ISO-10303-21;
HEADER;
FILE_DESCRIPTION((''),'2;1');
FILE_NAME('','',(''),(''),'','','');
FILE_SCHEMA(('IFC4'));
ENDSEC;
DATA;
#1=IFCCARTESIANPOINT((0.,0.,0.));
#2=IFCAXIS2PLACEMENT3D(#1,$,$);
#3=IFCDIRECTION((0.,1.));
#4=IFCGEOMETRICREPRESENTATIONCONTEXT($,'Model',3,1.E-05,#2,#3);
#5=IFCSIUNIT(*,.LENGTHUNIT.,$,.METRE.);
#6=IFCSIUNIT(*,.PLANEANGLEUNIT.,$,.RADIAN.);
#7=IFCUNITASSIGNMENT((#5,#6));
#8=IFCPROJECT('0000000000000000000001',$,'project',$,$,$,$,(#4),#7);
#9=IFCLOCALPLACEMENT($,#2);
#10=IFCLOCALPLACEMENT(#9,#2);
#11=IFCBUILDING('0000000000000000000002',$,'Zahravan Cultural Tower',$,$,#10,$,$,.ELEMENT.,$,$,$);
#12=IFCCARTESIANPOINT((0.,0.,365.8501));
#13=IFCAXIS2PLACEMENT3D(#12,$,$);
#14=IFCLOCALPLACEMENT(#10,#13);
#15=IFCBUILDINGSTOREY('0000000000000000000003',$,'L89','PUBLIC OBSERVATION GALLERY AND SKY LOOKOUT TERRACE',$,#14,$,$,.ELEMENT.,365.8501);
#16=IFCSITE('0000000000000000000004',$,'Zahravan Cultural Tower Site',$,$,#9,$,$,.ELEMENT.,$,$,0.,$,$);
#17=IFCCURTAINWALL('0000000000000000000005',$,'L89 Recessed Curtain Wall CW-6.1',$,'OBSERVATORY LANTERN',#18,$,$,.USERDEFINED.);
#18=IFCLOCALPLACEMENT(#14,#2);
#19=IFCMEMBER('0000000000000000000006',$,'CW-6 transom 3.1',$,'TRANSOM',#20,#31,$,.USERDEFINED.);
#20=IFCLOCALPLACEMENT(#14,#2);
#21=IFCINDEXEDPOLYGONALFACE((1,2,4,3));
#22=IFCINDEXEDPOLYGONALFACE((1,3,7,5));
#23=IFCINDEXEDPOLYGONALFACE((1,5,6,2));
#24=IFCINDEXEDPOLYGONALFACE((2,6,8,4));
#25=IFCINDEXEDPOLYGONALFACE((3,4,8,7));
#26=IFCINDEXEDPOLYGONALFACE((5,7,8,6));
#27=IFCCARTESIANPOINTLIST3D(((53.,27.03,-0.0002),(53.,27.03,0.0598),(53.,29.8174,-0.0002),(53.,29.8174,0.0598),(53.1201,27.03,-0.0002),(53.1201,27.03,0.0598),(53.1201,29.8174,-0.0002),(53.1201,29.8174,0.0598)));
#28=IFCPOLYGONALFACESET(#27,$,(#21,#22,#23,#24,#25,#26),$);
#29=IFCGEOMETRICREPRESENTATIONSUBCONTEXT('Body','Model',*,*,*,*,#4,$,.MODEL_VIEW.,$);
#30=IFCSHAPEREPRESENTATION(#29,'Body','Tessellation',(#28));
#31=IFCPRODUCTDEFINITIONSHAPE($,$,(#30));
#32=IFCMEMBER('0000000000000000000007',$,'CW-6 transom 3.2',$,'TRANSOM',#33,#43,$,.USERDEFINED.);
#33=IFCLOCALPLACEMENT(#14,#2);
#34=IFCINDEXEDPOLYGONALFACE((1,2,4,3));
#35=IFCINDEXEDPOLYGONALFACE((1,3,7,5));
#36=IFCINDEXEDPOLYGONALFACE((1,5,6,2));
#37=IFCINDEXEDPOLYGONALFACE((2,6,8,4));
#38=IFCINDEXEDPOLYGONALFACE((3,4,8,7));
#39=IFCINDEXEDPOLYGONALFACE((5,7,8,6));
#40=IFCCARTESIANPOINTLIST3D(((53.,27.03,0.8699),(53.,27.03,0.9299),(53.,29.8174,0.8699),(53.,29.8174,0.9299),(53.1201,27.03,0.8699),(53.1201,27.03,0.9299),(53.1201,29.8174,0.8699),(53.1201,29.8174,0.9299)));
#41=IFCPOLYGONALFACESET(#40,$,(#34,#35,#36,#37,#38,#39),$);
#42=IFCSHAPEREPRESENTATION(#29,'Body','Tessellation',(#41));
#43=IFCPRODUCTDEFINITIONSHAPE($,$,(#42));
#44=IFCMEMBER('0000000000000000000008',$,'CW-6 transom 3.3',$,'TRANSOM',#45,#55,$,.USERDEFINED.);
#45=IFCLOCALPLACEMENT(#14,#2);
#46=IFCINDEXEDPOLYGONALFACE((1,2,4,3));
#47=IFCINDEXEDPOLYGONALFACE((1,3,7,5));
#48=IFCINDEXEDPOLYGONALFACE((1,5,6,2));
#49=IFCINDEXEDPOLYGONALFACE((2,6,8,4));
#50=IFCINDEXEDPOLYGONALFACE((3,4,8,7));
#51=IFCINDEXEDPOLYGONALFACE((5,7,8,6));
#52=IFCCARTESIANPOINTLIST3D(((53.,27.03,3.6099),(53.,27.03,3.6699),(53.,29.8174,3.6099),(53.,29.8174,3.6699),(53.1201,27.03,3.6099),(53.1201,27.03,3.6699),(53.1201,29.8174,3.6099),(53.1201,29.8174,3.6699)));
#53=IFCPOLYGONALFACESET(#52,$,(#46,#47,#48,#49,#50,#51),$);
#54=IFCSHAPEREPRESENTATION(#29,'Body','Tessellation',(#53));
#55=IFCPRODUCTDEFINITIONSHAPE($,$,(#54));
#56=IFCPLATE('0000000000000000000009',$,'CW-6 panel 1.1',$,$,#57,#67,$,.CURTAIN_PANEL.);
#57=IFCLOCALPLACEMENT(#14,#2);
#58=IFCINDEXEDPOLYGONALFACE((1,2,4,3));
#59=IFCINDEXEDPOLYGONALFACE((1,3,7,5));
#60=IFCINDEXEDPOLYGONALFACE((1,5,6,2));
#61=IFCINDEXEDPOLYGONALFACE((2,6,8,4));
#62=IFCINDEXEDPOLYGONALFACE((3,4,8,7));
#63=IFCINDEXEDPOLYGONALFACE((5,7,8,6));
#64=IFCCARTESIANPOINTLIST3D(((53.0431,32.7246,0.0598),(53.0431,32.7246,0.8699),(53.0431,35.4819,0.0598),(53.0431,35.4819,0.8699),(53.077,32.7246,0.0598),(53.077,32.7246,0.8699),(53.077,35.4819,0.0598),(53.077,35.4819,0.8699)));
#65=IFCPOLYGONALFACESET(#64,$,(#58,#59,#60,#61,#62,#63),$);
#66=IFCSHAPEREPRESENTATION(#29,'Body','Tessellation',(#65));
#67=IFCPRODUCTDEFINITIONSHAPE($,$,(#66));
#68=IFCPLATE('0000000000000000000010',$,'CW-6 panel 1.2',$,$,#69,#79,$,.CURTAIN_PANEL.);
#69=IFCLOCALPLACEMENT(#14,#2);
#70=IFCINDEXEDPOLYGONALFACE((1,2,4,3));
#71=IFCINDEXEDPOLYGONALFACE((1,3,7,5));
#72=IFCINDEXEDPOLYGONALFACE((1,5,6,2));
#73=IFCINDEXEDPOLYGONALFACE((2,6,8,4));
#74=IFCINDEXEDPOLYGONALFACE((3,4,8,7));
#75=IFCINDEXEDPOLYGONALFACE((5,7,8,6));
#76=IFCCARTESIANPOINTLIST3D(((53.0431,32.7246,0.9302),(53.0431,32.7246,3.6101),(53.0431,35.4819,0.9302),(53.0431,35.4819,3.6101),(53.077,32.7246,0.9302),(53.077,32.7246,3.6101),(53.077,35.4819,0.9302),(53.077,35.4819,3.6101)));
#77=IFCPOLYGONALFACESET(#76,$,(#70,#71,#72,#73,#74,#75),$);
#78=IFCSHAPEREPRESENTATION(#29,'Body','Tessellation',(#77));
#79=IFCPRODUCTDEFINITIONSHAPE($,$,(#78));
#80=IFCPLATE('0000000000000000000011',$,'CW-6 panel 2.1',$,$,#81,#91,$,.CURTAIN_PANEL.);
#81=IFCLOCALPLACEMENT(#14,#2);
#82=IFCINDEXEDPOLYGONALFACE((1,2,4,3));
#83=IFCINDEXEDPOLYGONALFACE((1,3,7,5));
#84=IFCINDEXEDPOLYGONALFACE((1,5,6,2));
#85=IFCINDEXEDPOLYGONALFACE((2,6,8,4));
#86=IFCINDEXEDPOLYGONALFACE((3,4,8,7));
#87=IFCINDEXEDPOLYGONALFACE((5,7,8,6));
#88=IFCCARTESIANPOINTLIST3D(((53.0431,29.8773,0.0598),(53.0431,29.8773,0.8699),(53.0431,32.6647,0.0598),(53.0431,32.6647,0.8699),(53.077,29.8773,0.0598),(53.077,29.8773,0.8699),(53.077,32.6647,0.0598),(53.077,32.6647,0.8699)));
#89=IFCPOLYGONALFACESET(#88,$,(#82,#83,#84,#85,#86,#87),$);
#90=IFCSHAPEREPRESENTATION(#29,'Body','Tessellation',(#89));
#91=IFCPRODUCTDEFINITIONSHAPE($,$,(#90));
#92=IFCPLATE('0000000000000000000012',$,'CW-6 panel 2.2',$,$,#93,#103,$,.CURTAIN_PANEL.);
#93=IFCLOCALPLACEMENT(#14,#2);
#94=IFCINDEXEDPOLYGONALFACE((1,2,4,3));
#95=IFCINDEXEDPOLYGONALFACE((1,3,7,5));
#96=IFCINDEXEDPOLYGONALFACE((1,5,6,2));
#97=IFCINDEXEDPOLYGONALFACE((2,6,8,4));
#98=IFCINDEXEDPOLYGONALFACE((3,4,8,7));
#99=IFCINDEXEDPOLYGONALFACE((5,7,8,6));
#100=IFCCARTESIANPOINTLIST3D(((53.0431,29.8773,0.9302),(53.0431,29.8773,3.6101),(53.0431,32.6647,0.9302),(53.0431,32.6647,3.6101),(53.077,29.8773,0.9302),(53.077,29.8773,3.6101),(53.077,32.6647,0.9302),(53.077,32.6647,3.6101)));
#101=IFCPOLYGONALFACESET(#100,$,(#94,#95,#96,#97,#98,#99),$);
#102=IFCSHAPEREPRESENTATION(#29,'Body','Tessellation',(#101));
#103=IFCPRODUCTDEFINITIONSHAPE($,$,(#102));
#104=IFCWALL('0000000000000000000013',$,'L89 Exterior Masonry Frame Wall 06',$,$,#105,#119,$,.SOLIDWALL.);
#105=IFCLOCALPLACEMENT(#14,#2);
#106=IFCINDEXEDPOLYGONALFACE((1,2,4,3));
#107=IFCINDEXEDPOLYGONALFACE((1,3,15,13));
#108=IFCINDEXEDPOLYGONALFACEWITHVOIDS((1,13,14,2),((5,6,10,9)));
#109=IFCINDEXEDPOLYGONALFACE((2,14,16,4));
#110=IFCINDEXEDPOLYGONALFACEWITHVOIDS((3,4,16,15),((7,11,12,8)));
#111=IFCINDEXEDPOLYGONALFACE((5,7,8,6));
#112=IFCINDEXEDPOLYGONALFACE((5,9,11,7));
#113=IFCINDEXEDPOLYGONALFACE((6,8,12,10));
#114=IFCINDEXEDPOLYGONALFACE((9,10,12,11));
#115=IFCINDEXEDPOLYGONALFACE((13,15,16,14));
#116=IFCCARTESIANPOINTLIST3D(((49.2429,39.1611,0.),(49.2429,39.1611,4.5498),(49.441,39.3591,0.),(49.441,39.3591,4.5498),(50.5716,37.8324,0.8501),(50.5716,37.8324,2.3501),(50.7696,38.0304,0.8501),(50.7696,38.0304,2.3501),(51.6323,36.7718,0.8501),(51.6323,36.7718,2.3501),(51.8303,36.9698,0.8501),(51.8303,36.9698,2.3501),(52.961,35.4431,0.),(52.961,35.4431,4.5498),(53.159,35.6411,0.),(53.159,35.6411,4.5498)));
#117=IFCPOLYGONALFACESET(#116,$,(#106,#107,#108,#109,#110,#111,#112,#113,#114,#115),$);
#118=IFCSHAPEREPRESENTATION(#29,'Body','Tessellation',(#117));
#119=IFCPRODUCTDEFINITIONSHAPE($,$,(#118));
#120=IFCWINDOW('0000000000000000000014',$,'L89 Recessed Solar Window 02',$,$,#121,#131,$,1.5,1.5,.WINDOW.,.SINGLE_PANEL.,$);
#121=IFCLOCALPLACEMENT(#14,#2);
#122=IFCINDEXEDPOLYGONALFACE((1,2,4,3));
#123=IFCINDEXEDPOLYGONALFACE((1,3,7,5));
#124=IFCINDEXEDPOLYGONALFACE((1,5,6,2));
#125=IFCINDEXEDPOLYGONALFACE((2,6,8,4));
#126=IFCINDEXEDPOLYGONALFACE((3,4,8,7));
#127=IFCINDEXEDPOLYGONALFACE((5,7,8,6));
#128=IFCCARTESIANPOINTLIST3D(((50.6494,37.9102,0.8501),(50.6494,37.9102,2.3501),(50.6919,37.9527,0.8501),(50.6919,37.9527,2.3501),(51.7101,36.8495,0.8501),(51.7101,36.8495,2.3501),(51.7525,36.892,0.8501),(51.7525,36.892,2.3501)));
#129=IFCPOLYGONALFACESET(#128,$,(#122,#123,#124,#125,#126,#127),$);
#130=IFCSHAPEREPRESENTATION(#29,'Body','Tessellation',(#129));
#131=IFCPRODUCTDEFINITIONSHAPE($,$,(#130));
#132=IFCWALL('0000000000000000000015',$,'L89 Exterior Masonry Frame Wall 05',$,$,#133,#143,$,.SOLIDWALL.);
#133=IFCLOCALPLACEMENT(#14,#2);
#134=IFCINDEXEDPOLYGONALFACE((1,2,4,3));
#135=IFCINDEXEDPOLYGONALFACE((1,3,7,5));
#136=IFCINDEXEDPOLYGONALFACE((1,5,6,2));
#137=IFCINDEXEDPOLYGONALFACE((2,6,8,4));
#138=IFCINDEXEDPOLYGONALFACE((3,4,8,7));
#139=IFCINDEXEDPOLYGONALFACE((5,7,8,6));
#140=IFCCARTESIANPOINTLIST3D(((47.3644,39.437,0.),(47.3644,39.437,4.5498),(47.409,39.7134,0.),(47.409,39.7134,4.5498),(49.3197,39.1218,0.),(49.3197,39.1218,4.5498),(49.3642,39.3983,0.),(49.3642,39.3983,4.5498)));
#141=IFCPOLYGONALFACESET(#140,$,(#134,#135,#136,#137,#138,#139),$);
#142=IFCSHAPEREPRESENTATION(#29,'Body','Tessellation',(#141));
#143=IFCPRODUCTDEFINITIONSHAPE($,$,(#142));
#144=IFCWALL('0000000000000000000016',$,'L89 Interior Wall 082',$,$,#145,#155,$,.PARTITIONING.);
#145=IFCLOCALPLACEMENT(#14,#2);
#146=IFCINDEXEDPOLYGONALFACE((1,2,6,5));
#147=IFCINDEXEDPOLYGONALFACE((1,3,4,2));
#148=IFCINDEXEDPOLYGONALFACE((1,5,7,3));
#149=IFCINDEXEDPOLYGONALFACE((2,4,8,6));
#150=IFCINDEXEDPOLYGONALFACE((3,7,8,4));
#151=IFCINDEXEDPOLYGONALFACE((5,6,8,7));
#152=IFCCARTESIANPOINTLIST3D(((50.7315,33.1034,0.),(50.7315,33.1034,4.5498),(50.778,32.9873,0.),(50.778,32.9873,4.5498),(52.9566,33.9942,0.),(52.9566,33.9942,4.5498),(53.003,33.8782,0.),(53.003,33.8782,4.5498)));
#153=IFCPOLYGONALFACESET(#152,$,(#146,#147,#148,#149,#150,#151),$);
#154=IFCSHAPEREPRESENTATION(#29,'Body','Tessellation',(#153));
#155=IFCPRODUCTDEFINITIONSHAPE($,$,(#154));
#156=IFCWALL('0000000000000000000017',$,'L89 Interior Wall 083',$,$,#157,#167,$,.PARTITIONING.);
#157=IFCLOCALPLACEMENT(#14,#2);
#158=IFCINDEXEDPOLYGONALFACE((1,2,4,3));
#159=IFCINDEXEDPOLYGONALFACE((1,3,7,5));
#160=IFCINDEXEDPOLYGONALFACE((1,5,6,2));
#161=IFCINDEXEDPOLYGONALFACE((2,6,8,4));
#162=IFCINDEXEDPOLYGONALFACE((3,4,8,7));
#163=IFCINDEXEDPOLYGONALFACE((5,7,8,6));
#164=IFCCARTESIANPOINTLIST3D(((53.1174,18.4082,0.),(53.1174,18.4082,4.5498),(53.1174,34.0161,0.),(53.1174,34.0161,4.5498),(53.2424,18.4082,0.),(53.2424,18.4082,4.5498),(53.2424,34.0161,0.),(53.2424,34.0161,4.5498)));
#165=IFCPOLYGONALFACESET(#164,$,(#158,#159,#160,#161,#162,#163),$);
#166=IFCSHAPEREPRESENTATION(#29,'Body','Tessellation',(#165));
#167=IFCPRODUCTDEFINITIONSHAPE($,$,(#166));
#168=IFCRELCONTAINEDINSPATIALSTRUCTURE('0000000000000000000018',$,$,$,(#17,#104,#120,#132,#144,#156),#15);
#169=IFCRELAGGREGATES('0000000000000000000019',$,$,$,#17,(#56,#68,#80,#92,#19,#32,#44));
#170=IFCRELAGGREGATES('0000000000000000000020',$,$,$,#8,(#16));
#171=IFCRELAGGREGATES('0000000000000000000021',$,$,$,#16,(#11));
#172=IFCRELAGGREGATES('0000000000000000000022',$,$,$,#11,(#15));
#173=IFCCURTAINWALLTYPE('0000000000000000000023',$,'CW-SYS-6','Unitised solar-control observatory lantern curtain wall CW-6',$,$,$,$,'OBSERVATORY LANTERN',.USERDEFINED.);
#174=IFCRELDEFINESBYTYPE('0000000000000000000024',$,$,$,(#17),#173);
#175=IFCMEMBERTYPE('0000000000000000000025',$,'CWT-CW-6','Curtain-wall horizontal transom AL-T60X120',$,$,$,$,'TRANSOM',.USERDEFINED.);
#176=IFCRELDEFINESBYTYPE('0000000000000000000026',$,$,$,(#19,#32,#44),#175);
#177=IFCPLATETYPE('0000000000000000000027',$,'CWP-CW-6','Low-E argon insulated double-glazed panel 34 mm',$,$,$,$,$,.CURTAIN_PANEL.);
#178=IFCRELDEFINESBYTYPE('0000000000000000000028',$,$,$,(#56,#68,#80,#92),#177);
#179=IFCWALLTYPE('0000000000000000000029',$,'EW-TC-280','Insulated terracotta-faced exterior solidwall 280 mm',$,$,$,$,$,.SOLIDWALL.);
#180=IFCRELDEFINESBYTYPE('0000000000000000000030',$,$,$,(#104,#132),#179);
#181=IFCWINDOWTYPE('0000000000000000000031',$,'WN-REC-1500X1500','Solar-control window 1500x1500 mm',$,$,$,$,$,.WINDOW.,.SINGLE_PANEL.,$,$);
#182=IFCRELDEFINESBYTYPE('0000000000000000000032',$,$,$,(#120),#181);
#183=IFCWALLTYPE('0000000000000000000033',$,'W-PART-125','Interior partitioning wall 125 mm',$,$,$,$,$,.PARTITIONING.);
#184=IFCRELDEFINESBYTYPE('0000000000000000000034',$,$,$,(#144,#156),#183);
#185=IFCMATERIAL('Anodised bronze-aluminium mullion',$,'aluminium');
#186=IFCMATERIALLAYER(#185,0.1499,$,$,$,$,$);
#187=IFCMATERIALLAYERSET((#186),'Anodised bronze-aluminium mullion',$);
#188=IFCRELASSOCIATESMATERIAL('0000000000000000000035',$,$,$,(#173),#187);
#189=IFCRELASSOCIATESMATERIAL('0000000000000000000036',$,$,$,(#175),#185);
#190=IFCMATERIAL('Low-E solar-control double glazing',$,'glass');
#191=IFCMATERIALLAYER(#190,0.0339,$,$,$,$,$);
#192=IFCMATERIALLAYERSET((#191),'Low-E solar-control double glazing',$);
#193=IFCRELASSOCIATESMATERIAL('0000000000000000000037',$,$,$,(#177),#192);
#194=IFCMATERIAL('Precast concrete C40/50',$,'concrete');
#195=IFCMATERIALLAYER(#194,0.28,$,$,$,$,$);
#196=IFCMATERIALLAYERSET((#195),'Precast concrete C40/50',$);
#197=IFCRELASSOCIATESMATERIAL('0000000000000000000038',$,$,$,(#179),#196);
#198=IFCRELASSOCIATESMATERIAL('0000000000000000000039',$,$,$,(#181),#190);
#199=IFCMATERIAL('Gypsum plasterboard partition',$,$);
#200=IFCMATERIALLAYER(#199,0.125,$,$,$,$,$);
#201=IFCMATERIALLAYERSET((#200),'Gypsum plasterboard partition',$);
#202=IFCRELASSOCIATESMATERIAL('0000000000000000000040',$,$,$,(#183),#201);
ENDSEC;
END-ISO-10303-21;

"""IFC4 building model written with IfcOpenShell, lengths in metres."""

from ifc_helpers import new_model, si_unit, direction, frame, frame_2d, origin, origin_2d, place, context, subcontext, project, spatial, rectangle, extrude, source, transform, mapped, material, layer, layer_set, material_profile, profile_set, type_object, element, fill, aggregate, save


model = new_model("IFC4")

# Units and contexts
model_context = context("Model", 3, precision=1e-05, world=origin(), true_north=direction((0.0, 1.0)))
body_context = subcontext(model_context, "Body", "Model", "MODEL_VIEW")
ifc_project = project(units=[si_unit("LENGTHUNIT", "METRE"), si_unit("PLANEANGLEUNIT", "RADIAN")], contexts=[model_context])

# Site, building, storey
site_placement = place(None, origin())
site = spatial("IfcSite", under=ifc_project, at=site_placement, Name="Zahravan Cultural Tower Site", CompositionType="ELEMENT", RefElevation=0.0)
building_placement = place(site_placement, origin())
building = spatial("IfcBuilding", under=site, at=building_placement, Name="Zahravan Cultural Tower", CompositionType="ELEMENT")
storey_placement = place(building_placement, frame((0.0, 0.0, 365.8501)))
storey = spatial("IfcBuildingStorey", under=building, at=storey_placement, Name="L89", Description="PUBLIC OBSERVATION GALLERY AND SKY LOOKOUT TERRACE", CompositionType="ELEMENT", Elevation=365.8501)

# Curtain wall, members, plates
ifc_material_1 = material(Name="Anodised bronze-aluminium mullion", Category="aluminium")
ifc_layer_1 = layer(ifc_material_1, 0.1499)
ifc_layer_set_1 = layer_set([ifc_layer_1], Name="Anodised bronze-aluminium mullion")
curtain_wall_type = type_object("IfcCurtainWallType", Name="CW-SYS-6", Description="Unitised solar-control observatory lantern curtain wall CW-6", ElementType="OBSERVATORY LANTERN", PredefinedType="USERDEFINED", material=ifc_layer_set_1)
curtain_wall_placement = place(storey_placement, origin())
curtain_wall = element("IfcCurtainWall", 1, at=curtain_wall_placement, inside=storey, type_object=curtain_wall_type, Name="L89 Recessed Curtain Wall CW-6.1", ObjectType="OBSERVATORY LANTERN", PredefinedType="USERDEFINED")
ifc_material_profile_1 = material_profile(ifc_material_1, rectangle(XDim=0.1201, YDim=0.0601, at=origin_2d()), Name="AL-T60X120")
ifc_profile_set_1 = profile_set([ifc_material_profile_1], Name="Anodised bronze-aluminium mullion")
member_type_1 = type_object("IfcMemberType", Name="CWT-CW-6", Description="Curtain-wall horizontal transom AL-T60X120", ElementType="TRANSOM", PredefinedType="USERDEFINED", material=ifc_profile_set_1)
shared_shape_1 = source(origin(), body_context, "Body", "SweptSolid", [
    extrude(rectangle(XDim=0.1201, YDim=0.0601, at=origin_2d()), origin(), (0.0, 0.0, 1.0), 2.7874),
])
member_1_placement = place(storey_placement, frame((53.0601, 29.8174, 0.0298), z_axis=(0.0, -1.0, 0.0), x_axis=(1.0, 0.0, 0.0)))
member_1 = element("IfcMember", 2, at=member_1_placement, type_object=member_type_1, Name="CW-6 transom 3.1", ObjectType="TRANSOM", PredefinedType="USERDEFINED", context=body_context, shape_type="MappedRepresentation", body=[
    mapped(shared_shape_1, transform((0.0, 0.0, 0.0), x_axis=(1.0, 0.0, 0.0), y_axis=(0.0, 1.0, 0.0), z_axis=(0.0, 0.0, 1.0), scale=1.0)),
])
member_2_placement = place(storey_placement, frame((53.0601, 29.8174, 0.8999), z_axis=(0.0, -1.0, 0.0), x_axis=(1.0, 0.0, 0.0)))
member_2 = element("IfcMember", 3, at=member_2_placement, type_object=member_type_1, Name="CW-6 transom 3.2", ObjectType="TRANSOM", PredefinedType="USERDEFINED", context=body_context, shape_type="MappedRepresentation", body=[
    mapped(shared_shape_1, transform((0.0, 0.0, 0.0), x_axis=(1.0, 0.0, 0.0), y_axis=(0.0, 1.0, 0.0), z_axis=(0.0, 0.0, 1.0), scale=1.0)),
])
member_3_placement = place(storey_placement, frame((53.0601, 29.8174, 3.6399), z_axis=(0.0, -1.0, 0.0), x_axis=(1.0, 0.0, 0.0)))
member_3 = element("IfcMember", 4, at=member_3_placement, type_object=member_type_1, Name="CW-6 transom 3.3", ObjectType="TRANSOM", PredefinedType="USERDEFINED", context=body_context, shape_type="MappedRepresentation", body=[
    mapped(shared_shape_1, transform((0.0, 0.0, 0.0), x_axis=(1.0, 0.0, 0.0), y_axis=(0.0, 1.0, 0.0), z_axis=(0.0, 0.0, 1.0), scale=1.0)),
])
ifc_material_2 = material(Name="Low-E solar-control double glazing", Category="glass")
ifc_layer_2 = layer(ifc_material_2, 0.0339)
ifc_layer_set_2 = layer_set([ifc_layer_2], Name="Low-E solar-control double glazing")
plate_type = type_object("IfcPlateType", Name="CWP-CW-6", Description="Low-E argon insulated double-glazed panel 34 mm", PredefinedType="CURTAIN_PANEL", material=ifc_layer_set_2)
shared_shape_2 = source(origin(), body_context, "Body", "SweptSolid", [
    extrude(rectangle(XDim=2.7573, YDim=0.0339, at=origin_2d()), origin(), (0.0, 0.0, 1.0), 0.8101),
])
plate_1_placement = place(storey_placement, frame((53.0601, 34.1033, 0.0598), z_axis=(0.0, 0.0, 1.0), x_axis=(0.0, -1.0, 0.0)))
plate_1 = element("IfcPlate", 5, at=plate_1_placement, type_object=plate_type, Name="CW-6 panel 1.1", PredefinedType="CURTAIN_PANEL", context=body_context, shape_type="MappedRepresentation", body=[
    mapped(shared_shape_2, transform((0.0, 0.0, 0.0), x_axis=(1.0, 0.0, 0.0), y_axis=(0.0, 1.0, 0.0), z_axis=(0.0, 0.0, 1.0), scale=1.0)),
])
shared_shape_3 = source(origin(), body_context, "Body", "SweptSolid", [
    extrude(rectangle(XDim=2.7573, YDim=0.0339, at=origin_2d()), origin(), (0.0, 0.0, 1.0), 2.6799),
])
plate_2_placement = place(storey_placement, frame((53.0601, 34.1033, 0.9302), z_axis=(0.0, 0.0, 1.0), x_axis=(0.0, -1.0, 0.0)))
plate_2 = element("IfcPlate", 6, at=plate_2_placement, type_object=plate_type, Name="CW-6 panel 1.2", PredefinedType="CURTAIN_PANEL", context=body_context, shape_type="MappedRepresentation", body=[
    mapped(shared_shape_3, transform((0.0, 0.0, 0.0), x_axis=(1.0, 0.0, 0.0), y_axis=(0.0, 1.0, 0.0), z_axis=(0.0, 0.0, 1.0), scale=1.0)),
])
shared_shape_4 = source(origin(), body_context, "Body", "SweptSolid", [
    extrude(rectangle(XDim=2.7874, YDim=0.0339, at=origin_2d()), origin(), (0.0, 0.0, 1.0), 0.8101),
])
plate_3_placement = place(storey_placement, frame((53.0601, 31.271, 0.0598), z_axis=(0.0, 0.0, 1.0), x_axis=(0.0, -1.0, 0.0)))
plate_3 = element("IfcPlate", 7, at=plate_3_placement, type_object=plate_type, Name="CW-6 panel 2.1", PredefinedType="CURTAIN_PANEL", context=body_context, shape_type="MappedRepresentation", body=[
    mapped(shared_shape_4, transform((0.0, 0.0, 0.0), x_axis=(1.0, 0.0, 0.0), y_axis=(0.0, 1.0, 0.0), z_axis=(0.0, 0.0, 1.0), scale=1.0)),
])
shared_shape_5 = source(origin(), body_context, "Body", "SweptSolid", [
    extrude(rectangle(XDim=2.7874, YDim=0.0339, at=origin_2d()), origin(), (0.0, 0.0, 1.0), 2.6799),
])
plate_4_placement = place(storey_placement, frame((53.0601, 31.271, 0.9302), z_axis=(0.0, 0.0, 1.0), x_axis=(0.0, -1.0, 0.0)))
plate_4 = element("IfcPlate", 8, at=plate_4_placement, type_object=plate_type, Name="CW-6 panel 2.2", PredefinedType="CURTAIN_PANEL", context=body_context, shape_type="MappedRepresentation", body=[
    mapped(shared_shape_5, transform((0.0, 0.0, 0.0), x_axis=(1.0, 0.0, 0.0), y_axis=(0.0, 1.0, 0.0), z_axis=(0.0, 0.0, 1.0), scale=1.0)),
])
aggregate(curtain_wall, [plate_1, plate_2, plate_3, plate_4, member_1, member_2, member_3])

# Wall, opening, window
ifc_material_3 = material(Name="Precast concrete C40/50", Category="concrete")
ifc_layer_3 = layer(ifc_material_3, 0.28)
ifc_layer_set_3 = layer_set([ifc_layer_3], Name="Precast concrete C40/50")
wall_type_1 = type_object("IfcWallType", Name="EW-TC-280", Description="Insulated terracotta-faced exterior solidwall 280 mm", PredefinedType="SOLIDWALL", material=ifc_layer_set_3)
wall_1_placement = place(storey_placement, frame((49.342, 39.26, 0.0), z_axis=(0.0, 0.0, 1.0), x_axis=(0.707107, -0.707107, 0.0)))
wall_1 = element("IfcWall", 9, at=wall_1_placement, inside=storey, type_object=wall_type_1, Name="L89 Exterior Masonry Frame Wall 06", PredefinedType="SOLIDWALL", context=body_context, shape_type="SweptSolid", body=[
    extrude(rectangle(XDim=5.2581, YDim=0.28, at=frame_2d((2.6289, 0.0))), origin(), (0.0, 0.0, 1.0), 4.5498),
])
opening_1_placement = place(wall_1_placement, frame((1.8789, 0.0, 0.8501)))
opening_1 = element("IfcOpeningElement", 10, at=opening_1_placement, cuts=wall_1, PredefinedType="OPENING", context=body_context, shape_type="SweptSolid", body=[
    extrude(rectangle(XDim=1.5, YDim=1.5, at=frame_2d((0.75, 0.75))), frame((0.0, 0.1499, 0.0), z_axis=(0.0, -1.0, 0.0), x_axis=(1.0, 0.0, 0.0)), (0.0, 0.0, 1.0), 0.3),
])
window_type = type_object("IfcWindowType", Name="WN-REC-1500X1500", Description="Solar-control window 1500x1500 mm", PartitioningType="SINGLE_PANEL", PredefinedType="WINDOW", material=ifc_material_2)
shared_shape_6 = source(origin(), body_context, "Body", "SweptSolid", [
    extrude(rectangle(XDim=1.5, YDim=1.5, at=frame_2d((0.75, 0.75))), frame((0.0, 0.03, 0.0), z_axis=(0.0, -1.0, 0.0), x_axis=(1.0, 0.0, 0.0)), (0.0, 0.0, 1.0), 0.0601),
])
window_placement = place(opening_1_placement, origin())
window = element("IfcWindow", 11, at=window_placement, inside=storey, type_object=window_type, Name="L89 Recessed Solar Window 02", OverallHeight=1.5, OverallWidth=1.5, PartitioningType="SINGLE_PANEL", PredefinedType="WINDOW", context=body_context, shape_type="MappedRepresentation", body=[
    mapped(shared_shape_6, transform((0.0, 0.0, 0.0), x_axis=(1.0, 0.0, 0.0), y_axis=(0.0, 1.0, 0.0), z_axis=(0.0, 0.0, 1.0), scale=1.0)),
])
fill(opening_1, window)

# Shared definitions
ifc_material_4 = material(Name="Gypsum plasterboard partition")
ifc_layer_4 = layer(ifc_material_4, 0.125)
ifc_layer_set_4 = layer_set([ifc_layer_4], Name="Gypsum plasterboard partition")
wall_type_2 = type_object("IfcWallType", Name="W-PART-125", Description="Interior partitioning wall 125 mm", PredefinedType="PARTITIONING", material=ifc_layer_set_4)

# Walls
shared_shape_7 = source(origin(), body_context, "Body", "SweptSolid", [
    extrude(rectangle(XDim=1.9805, YDim=0.28, at=frame_2d((0.9902, 0.0))), origin(), (0.0, 0.0, 1.0), 4.5498),
])
wall_2_placement = place(storey_placement, frame((47.3867, 39.5752, 0.0), z_axis=(0.0, 0.0, 1.0), x_axis=(0.987256, -0.159139, 0.0)))
element("IfcWall", 12, at=wall_2_placement, inside=storey, type_object=wall_type_1, Name="L89 Exterior Masonry Frame Wall 05", PredefinedType="SOLIDWALL", context=body_context, shape_type="MappedRepresentation", body=[
    mapped(shared_shape_7, transform((0.0, 0.0, 0.0), x_axis=(1.0, 0.0, 0.0), y_axis=(0.0, 1.0, 0.0), z_axis=(0.0, 0.0, 1.0), scale=1.0)),
])
shared_shape_8 = source(origin(), body_context, "Body", "SweptSolid", [
    extrude(rectangle(XDim=2.3967, YDim=0.125, at=frame_2d((1.1982, 0.0))), origin(), (0.0, 0.0, 1.0), 4.5498),
])
wall_3_placement = place(storey_placement, frame((50.7549, 33.0454, 0.0), z_axis=(0.0, 0.0, 1.0), x_axis=(0.928357, 0.371689, 0.0)))
element("IfcWall", 13, at=wall_3_placement, inside=storey, type_object=wall_type_2, Name="L89 Interior Wall 082", PredefinedType="PARTITIONING", context=body_context, shape_type="MappedRepresentation", body=[
    mapped(shared_shape_8, transform((0.0, 0.0, 0.0), x_axis=(1.0, 0.0, 0.0), y_axis=(0.0, 1.0, 0.0), z_axis=(0.0, 0.0, 1.0), scale=1.0)),
])
shared_shape_9 = source(origin(), body_context, "Body", "SweptSolid", [
    extrude(rectangle(XDim=15.6079, YDim=0.125, at=frame_2d((7.804, 0.0))), origin(), (0.0, 0.0, 1.0), 4.5498),
])
wall_4_placement = place(storey_placement, frame((53.1799, 34.0161, 0.0), z_axis=(0.0, 0.0, 1.0), x_axis=(0.0, -1.0, 0.0)))
element("IfcWall", 14, at=wall_4_placement, inside=storey, type_object=wall_type_2, Name="L89 Interior Wall 083", PredefinedType="PARTITIONING", context=body_context, shape_type="MappedRepresentation", body=[
    mapped(shared_shape_9, transform((0.0, 0.0, 0.0), x_axis=(1.0, 0.0, 0.0), y_axis=(0.0, 1.0, 0.0), z_axis=(0.0, 0.0, 1.0), scale=1.0)),
])

save(model, "model.ifc")
